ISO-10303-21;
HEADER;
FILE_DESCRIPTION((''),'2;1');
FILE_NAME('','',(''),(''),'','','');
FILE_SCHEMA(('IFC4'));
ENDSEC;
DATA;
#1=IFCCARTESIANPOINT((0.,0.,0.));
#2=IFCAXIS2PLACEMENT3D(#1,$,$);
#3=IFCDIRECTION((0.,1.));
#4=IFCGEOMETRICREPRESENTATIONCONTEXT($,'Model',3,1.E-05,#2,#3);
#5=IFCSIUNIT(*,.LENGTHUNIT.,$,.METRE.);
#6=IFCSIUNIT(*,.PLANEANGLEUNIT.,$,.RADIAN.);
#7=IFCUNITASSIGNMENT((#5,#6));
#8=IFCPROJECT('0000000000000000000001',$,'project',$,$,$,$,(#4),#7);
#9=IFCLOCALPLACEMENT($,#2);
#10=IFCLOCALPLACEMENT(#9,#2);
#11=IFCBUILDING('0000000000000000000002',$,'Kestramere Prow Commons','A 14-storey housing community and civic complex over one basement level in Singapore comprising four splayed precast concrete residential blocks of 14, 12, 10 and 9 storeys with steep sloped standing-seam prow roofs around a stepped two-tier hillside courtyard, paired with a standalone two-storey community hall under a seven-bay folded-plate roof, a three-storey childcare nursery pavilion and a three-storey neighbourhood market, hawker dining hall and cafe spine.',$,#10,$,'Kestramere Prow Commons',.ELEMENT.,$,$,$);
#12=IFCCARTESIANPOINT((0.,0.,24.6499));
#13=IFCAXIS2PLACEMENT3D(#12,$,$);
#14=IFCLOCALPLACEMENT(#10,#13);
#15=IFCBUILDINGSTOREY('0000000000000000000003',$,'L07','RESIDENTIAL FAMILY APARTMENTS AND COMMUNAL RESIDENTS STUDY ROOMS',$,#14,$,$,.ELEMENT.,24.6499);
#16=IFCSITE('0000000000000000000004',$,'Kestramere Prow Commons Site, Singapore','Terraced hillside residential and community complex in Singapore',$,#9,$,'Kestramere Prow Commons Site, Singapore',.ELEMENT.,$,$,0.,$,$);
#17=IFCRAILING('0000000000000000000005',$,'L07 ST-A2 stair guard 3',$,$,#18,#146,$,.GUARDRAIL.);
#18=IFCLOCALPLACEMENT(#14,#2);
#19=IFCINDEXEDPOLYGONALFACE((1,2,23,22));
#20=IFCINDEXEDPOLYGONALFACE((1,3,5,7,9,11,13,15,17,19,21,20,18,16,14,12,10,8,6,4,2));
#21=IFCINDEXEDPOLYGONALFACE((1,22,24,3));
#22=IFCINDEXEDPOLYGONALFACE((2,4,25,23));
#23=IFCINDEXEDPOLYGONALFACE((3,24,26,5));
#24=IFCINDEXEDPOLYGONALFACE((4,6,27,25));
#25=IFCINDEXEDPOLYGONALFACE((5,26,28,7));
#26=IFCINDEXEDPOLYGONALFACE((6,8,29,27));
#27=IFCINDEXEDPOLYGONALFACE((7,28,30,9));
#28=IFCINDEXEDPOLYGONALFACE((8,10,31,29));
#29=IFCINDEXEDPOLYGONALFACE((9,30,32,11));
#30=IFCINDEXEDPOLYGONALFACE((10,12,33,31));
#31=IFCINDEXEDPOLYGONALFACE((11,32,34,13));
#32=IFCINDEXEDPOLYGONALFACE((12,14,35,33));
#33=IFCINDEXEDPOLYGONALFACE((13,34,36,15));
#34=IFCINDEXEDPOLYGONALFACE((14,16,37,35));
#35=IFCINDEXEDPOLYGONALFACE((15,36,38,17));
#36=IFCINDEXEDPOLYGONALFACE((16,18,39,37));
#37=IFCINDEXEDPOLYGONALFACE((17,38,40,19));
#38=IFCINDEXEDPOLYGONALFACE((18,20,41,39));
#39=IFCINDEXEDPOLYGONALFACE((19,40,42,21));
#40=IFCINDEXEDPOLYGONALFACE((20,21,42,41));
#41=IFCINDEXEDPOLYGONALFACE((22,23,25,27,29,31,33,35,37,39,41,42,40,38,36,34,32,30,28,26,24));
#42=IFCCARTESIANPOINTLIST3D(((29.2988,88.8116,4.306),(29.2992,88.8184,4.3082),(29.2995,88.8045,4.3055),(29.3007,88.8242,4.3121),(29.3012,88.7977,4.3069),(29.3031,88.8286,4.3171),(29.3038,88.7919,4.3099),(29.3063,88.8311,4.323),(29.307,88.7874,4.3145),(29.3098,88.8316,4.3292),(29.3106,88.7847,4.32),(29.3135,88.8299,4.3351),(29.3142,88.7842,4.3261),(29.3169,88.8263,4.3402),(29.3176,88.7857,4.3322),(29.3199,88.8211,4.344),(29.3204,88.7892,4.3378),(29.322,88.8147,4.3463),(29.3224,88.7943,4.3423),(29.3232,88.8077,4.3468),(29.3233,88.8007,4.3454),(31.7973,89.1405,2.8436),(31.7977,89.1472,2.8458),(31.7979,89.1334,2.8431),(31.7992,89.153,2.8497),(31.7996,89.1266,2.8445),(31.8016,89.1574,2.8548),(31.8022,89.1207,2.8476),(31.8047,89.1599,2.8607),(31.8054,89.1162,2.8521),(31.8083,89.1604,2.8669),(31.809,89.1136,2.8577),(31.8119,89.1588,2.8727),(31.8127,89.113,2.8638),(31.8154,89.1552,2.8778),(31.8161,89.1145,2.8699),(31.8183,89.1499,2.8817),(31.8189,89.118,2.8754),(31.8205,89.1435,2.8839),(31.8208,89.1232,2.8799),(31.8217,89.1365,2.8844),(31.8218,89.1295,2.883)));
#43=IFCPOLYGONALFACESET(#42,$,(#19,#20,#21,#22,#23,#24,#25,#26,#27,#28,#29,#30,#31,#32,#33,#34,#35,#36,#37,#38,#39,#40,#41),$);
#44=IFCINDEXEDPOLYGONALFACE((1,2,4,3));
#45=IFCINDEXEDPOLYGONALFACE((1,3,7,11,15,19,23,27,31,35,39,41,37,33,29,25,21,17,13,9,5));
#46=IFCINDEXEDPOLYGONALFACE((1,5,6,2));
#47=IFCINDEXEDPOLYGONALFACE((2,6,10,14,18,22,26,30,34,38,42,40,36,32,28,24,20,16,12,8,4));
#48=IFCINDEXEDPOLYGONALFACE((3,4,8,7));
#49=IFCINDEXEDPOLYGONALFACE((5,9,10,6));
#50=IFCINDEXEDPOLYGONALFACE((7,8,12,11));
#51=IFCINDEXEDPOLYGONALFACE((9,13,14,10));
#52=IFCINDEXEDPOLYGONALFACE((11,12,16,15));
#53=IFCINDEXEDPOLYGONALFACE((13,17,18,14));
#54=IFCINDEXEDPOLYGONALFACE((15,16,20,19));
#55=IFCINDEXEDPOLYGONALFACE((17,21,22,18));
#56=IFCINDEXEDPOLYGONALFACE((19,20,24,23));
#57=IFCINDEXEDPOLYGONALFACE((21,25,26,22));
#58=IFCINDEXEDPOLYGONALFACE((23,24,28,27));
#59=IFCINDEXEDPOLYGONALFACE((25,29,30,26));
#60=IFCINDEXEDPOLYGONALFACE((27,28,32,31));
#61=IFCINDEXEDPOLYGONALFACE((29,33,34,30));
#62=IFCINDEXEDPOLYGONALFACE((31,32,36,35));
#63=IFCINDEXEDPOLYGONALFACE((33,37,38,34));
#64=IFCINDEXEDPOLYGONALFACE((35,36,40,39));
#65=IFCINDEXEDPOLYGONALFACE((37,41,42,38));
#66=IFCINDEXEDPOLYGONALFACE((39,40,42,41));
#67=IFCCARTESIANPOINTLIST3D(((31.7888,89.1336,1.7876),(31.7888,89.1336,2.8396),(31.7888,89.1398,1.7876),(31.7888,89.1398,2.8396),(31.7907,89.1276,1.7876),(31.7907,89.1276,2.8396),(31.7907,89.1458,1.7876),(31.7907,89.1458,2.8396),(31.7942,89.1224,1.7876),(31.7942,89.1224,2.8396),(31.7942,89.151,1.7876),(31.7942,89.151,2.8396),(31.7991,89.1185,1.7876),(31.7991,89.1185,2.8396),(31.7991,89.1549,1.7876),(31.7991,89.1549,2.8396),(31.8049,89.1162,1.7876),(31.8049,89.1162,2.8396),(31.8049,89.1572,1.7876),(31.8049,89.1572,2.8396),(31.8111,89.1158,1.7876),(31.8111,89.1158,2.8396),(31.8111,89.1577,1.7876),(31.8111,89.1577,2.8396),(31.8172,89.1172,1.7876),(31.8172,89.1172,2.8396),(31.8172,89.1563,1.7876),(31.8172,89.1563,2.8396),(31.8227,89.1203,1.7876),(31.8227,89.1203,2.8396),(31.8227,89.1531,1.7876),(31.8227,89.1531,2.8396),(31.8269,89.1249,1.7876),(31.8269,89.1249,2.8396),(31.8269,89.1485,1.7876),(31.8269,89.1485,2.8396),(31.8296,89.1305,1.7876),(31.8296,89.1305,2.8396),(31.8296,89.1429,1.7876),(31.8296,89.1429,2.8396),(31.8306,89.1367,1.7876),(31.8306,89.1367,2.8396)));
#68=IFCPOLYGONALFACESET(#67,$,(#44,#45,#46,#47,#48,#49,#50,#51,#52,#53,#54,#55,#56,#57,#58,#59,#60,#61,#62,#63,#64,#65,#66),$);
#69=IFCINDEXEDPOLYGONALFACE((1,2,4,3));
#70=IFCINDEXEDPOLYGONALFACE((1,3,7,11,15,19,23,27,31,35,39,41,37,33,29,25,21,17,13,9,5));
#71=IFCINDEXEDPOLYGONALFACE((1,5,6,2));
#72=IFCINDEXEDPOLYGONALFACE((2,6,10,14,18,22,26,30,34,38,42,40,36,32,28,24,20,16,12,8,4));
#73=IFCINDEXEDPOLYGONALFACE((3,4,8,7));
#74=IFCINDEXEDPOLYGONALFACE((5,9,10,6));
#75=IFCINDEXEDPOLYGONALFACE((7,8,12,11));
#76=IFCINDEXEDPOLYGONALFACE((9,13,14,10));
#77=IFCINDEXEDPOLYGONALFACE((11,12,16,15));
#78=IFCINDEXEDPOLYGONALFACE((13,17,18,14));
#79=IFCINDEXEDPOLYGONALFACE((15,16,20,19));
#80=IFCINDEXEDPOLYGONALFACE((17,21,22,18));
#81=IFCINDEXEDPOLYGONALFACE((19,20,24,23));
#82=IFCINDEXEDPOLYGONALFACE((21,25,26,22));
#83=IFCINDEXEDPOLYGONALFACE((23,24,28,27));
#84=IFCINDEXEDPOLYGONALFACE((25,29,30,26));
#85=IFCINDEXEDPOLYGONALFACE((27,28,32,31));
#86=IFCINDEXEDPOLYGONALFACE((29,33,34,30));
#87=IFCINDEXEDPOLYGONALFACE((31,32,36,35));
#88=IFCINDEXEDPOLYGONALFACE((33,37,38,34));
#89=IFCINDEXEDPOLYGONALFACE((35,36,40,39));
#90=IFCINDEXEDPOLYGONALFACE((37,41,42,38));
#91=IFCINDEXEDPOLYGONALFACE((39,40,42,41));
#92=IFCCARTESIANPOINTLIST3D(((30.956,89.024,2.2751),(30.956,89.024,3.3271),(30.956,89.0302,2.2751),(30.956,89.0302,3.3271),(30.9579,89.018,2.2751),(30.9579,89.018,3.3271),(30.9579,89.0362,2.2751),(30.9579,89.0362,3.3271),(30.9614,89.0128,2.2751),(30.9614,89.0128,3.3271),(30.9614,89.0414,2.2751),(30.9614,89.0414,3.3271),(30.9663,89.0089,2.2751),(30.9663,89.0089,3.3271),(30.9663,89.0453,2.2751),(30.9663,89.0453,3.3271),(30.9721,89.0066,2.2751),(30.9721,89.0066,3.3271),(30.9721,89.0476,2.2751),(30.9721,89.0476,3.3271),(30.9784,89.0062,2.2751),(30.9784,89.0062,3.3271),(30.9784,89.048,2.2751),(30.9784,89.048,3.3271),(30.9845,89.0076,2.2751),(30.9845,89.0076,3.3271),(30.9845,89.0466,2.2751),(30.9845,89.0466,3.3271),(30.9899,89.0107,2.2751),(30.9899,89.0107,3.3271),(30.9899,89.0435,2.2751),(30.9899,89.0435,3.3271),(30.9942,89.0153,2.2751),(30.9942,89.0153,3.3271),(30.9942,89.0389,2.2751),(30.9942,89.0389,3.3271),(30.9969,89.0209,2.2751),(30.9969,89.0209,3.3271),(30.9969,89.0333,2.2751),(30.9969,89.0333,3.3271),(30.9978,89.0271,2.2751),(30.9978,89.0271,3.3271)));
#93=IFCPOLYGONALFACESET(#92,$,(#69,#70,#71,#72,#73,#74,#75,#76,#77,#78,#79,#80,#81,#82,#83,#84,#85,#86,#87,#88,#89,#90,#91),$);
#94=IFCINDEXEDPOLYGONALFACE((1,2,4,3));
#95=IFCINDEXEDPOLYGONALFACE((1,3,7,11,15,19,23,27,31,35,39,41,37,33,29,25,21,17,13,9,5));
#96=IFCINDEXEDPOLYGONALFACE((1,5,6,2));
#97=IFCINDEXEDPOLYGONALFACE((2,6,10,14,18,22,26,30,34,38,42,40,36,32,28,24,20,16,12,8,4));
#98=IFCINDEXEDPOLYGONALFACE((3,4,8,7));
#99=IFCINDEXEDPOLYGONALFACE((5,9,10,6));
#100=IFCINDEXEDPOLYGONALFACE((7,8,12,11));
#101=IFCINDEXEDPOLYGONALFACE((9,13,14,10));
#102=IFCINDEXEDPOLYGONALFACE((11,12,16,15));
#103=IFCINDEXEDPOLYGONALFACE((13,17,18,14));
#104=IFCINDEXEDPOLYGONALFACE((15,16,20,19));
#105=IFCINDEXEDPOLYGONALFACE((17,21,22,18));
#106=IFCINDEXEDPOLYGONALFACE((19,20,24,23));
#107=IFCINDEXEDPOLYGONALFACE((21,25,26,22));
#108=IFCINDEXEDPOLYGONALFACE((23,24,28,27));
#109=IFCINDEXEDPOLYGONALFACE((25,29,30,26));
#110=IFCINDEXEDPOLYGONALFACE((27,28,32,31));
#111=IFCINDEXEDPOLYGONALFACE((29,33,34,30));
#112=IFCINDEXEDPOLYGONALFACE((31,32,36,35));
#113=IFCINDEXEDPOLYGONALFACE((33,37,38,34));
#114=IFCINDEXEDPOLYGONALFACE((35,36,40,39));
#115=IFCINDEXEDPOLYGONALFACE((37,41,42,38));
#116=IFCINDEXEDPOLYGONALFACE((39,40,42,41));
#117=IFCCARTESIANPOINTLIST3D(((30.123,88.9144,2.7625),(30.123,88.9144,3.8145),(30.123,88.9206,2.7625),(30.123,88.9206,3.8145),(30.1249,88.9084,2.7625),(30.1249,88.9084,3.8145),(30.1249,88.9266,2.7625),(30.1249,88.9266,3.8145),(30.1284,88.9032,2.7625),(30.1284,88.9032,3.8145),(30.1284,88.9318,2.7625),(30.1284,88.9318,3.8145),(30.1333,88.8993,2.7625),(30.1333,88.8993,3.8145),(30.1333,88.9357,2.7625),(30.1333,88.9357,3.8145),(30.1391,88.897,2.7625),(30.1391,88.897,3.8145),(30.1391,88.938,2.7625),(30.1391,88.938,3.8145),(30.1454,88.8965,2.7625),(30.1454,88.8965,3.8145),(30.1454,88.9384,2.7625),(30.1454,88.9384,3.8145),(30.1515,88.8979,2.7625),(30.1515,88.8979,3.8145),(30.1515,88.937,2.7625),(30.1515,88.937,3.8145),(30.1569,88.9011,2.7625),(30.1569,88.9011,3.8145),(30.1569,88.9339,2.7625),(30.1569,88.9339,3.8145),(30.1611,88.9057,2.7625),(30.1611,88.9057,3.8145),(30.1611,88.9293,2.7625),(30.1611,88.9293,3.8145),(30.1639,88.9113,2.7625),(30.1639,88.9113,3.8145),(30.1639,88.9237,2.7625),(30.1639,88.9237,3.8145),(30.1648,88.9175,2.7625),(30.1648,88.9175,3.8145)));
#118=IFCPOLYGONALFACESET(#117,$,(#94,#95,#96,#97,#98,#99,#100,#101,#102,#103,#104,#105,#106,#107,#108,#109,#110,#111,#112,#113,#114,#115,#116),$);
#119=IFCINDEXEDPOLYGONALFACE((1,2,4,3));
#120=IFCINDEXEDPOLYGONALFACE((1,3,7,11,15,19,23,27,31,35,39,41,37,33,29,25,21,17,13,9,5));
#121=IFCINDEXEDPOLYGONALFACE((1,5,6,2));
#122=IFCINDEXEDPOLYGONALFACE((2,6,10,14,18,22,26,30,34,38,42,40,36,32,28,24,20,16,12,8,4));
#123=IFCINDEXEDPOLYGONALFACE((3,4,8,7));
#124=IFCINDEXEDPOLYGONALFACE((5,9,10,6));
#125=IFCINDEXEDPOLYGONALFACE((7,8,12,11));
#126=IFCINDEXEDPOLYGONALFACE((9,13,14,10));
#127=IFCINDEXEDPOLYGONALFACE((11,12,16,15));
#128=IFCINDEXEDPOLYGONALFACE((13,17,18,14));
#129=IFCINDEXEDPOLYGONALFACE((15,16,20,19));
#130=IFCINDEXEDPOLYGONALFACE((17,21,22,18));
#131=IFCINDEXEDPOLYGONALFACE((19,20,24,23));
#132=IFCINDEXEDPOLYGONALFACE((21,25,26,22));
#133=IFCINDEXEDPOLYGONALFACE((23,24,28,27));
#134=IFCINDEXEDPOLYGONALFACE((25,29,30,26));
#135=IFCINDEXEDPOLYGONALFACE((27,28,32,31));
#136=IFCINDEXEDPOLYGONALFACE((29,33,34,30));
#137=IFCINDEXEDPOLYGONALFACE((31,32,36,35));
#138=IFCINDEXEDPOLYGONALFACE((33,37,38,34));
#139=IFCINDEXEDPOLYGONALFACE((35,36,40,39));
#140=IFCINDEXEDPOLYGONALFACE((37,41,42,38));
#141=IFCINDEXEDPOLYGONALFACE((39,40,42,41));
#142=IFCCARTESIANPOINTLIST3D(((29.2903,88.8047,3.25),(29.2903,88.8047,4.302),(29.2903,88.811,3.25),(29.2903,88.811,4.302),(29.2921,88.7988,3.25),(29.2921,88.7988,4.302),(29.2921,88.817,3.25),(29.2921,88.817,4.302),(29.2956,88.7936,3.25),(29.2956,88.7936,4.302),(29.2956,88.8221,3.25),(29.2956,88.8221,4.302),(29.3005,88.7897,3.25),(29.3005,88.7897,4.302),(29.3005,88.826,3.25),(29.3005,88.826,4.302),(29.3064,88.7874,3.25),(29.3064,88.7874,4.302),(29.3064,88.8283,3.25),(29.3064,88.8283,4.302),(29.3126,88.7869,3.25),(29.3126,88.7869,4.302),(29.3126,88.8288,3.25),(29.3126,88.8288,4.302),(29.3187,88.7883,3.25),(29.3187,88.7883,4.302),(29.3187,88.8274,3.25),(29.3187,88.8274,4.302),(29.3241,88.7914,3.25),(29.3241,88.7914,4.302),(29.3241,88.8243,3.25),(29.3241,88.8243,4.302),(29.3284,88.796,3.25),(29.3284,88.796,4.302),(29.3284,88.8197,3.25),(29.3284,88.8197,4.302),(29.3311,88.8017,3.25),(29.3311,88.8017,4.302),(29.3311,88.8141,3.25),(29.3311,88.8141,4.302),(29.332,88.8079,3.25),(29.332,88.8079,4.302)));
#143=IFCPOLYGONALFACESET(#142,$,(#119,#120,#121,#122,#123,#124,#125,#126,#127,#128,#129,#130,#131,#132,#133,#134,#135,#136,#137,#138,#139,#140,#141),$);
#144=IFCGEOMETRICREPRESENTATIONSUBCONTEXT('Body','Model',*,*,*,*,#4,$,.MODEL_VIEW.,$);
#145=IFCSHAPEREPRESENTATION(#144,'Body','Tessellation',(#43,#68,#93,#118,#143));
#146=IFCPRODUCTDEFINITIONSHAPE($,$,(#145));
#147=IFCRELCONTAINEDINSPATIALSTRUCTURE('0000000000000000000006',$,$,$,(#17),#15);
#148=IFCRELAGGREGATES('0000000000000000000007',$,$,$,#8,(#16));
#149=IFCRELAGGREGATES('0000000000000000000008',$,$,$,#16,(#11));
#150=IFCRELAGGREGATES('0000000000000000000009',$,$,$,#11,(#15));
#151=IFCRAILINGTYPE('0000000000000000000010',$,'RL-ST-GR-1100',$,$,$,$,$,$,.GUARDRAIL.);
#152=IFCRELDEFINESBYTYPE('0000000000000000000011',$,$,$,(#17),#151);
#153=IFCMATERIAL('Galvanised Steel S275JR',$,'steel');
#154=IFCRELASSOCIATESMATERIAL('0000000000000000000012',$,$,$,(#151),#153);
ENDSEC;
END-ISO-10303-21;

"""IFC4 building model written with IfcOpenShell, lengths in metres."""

from ifc_helpers import new_model, si_unit, direction, frame, origin, origin_2d, place, context, subcontext, project, spatial, circle, extrude, material, type_object, element, save


model = new_model("IFC4")

# Units and contexts
model_context = context("Model", 3, precision=1e-05, world=origin(), true_north=direction((0.0, 1.0)))
body_context = subcontext(model_context, "Body", "Model", "MODEL_VIEW")
ifc_project = project(units=[si_unit("LENGTHUNIT", "METRE"), si_unit("PLANEANGLEUNIT", "RADIAN")], contexts=[model_context])

# Site, building, storey
site_placement = place(None, origin())
site = spatial("IfcSite", under=ifc_project, at=site_placement, Name="Kestramere Prow Commons Site, Singapore", Description="Terraced hillside residential and community complex in Singapore", LongName="Kestramere Prow Commons Site, Singapore", CompositionType="ELEMENT", RefElevation=0.0)
building_placement = place(site_placement, origin())
building = spatial("IfcBuilding", under=site, at=building_placement, Name="Kestramere Prow Commons", Description="A 14-storey housing community and civic complex over one basement level in Singapore comprising four splayed precast concrete residential blocks of 14, 12, 10 and 9 storeys with steep sloped standing-seam prow roofs around a stepped two-tier hillside courtyard, paired with a standalone two-storey community hall under a seven-bay folded-plate roof, a three-storey childcare nursery pavilion and a three-storey neighbourhood market, hawker dining hall and cafe spine.", LongName="Kestramere Prow Commons", CompositionType="ELEMENT")
storey_placement = place(building_placement, frame((0.0, 0.0, 24.6499)))
storey = spatial("IfcBuildingStorey", under=building, at=storey_placement, Name="L07", Description="RESIDENTIAL FAMILY APARTMENTS AND COMMUNAL RESIDENTS STUDY ROOMS", CompositionType="ELEMENT", Elevation=24.6499)

# Railing
ifc_material_1 = material(Name="Galvanised Steel S275JR", Category="steel")
railing_type_1 = type_object("IfcRailingType", Name="RL-ST-GR-1100", PredefinedType="GUARDRAIL", material=ifc_material_1)
railing_1_placement = place(storey_placement, frame((31.8096, 89.1367, 1.7876)))
element("IfcRailing", 1, at=railing_1_placement, inside=storey, type_object=railing_type_1, Name="L07 ST-A2 stair guard 3", PredefinedType="GUARDRAIL", context=body_context, shape_type="SweptSolid", body=[
    extrude(circle(Radius=0.0239, at=origin_2d()), frame((0.0, 0.0, 1.0762), z_axis=(-0.857523, -0.112867, 0.501912), x_axis=(0.130495, -0.991449, 0.0)), (0.0, 0.0, 1.0), 2.9136),
    extrude(circle(Radius=0.021, at=origin_2d()), origin(), (0.0, 0.0, 1.0), 1.052),
    extrude(circle(Radius=0.021, at=origin_2d()), frame((-0.8328, -0.1096, 0.4875)), (0.0, 0.0, 1.0), 1.052),
    extrude(circle(Radius=0.021, at=origin_2d()), frame((-1.6658, -0.2192, 0.9749)), (0.0, 0.0, 1.0), 1.052),
    extrude(circle(Radius=0.021, at=origin_2d()), frame((-2.4985, -0.3289, 1.4624)), (0.0, 0.0, 1.0), 1.052),
])

save(model, "model.ifc")
